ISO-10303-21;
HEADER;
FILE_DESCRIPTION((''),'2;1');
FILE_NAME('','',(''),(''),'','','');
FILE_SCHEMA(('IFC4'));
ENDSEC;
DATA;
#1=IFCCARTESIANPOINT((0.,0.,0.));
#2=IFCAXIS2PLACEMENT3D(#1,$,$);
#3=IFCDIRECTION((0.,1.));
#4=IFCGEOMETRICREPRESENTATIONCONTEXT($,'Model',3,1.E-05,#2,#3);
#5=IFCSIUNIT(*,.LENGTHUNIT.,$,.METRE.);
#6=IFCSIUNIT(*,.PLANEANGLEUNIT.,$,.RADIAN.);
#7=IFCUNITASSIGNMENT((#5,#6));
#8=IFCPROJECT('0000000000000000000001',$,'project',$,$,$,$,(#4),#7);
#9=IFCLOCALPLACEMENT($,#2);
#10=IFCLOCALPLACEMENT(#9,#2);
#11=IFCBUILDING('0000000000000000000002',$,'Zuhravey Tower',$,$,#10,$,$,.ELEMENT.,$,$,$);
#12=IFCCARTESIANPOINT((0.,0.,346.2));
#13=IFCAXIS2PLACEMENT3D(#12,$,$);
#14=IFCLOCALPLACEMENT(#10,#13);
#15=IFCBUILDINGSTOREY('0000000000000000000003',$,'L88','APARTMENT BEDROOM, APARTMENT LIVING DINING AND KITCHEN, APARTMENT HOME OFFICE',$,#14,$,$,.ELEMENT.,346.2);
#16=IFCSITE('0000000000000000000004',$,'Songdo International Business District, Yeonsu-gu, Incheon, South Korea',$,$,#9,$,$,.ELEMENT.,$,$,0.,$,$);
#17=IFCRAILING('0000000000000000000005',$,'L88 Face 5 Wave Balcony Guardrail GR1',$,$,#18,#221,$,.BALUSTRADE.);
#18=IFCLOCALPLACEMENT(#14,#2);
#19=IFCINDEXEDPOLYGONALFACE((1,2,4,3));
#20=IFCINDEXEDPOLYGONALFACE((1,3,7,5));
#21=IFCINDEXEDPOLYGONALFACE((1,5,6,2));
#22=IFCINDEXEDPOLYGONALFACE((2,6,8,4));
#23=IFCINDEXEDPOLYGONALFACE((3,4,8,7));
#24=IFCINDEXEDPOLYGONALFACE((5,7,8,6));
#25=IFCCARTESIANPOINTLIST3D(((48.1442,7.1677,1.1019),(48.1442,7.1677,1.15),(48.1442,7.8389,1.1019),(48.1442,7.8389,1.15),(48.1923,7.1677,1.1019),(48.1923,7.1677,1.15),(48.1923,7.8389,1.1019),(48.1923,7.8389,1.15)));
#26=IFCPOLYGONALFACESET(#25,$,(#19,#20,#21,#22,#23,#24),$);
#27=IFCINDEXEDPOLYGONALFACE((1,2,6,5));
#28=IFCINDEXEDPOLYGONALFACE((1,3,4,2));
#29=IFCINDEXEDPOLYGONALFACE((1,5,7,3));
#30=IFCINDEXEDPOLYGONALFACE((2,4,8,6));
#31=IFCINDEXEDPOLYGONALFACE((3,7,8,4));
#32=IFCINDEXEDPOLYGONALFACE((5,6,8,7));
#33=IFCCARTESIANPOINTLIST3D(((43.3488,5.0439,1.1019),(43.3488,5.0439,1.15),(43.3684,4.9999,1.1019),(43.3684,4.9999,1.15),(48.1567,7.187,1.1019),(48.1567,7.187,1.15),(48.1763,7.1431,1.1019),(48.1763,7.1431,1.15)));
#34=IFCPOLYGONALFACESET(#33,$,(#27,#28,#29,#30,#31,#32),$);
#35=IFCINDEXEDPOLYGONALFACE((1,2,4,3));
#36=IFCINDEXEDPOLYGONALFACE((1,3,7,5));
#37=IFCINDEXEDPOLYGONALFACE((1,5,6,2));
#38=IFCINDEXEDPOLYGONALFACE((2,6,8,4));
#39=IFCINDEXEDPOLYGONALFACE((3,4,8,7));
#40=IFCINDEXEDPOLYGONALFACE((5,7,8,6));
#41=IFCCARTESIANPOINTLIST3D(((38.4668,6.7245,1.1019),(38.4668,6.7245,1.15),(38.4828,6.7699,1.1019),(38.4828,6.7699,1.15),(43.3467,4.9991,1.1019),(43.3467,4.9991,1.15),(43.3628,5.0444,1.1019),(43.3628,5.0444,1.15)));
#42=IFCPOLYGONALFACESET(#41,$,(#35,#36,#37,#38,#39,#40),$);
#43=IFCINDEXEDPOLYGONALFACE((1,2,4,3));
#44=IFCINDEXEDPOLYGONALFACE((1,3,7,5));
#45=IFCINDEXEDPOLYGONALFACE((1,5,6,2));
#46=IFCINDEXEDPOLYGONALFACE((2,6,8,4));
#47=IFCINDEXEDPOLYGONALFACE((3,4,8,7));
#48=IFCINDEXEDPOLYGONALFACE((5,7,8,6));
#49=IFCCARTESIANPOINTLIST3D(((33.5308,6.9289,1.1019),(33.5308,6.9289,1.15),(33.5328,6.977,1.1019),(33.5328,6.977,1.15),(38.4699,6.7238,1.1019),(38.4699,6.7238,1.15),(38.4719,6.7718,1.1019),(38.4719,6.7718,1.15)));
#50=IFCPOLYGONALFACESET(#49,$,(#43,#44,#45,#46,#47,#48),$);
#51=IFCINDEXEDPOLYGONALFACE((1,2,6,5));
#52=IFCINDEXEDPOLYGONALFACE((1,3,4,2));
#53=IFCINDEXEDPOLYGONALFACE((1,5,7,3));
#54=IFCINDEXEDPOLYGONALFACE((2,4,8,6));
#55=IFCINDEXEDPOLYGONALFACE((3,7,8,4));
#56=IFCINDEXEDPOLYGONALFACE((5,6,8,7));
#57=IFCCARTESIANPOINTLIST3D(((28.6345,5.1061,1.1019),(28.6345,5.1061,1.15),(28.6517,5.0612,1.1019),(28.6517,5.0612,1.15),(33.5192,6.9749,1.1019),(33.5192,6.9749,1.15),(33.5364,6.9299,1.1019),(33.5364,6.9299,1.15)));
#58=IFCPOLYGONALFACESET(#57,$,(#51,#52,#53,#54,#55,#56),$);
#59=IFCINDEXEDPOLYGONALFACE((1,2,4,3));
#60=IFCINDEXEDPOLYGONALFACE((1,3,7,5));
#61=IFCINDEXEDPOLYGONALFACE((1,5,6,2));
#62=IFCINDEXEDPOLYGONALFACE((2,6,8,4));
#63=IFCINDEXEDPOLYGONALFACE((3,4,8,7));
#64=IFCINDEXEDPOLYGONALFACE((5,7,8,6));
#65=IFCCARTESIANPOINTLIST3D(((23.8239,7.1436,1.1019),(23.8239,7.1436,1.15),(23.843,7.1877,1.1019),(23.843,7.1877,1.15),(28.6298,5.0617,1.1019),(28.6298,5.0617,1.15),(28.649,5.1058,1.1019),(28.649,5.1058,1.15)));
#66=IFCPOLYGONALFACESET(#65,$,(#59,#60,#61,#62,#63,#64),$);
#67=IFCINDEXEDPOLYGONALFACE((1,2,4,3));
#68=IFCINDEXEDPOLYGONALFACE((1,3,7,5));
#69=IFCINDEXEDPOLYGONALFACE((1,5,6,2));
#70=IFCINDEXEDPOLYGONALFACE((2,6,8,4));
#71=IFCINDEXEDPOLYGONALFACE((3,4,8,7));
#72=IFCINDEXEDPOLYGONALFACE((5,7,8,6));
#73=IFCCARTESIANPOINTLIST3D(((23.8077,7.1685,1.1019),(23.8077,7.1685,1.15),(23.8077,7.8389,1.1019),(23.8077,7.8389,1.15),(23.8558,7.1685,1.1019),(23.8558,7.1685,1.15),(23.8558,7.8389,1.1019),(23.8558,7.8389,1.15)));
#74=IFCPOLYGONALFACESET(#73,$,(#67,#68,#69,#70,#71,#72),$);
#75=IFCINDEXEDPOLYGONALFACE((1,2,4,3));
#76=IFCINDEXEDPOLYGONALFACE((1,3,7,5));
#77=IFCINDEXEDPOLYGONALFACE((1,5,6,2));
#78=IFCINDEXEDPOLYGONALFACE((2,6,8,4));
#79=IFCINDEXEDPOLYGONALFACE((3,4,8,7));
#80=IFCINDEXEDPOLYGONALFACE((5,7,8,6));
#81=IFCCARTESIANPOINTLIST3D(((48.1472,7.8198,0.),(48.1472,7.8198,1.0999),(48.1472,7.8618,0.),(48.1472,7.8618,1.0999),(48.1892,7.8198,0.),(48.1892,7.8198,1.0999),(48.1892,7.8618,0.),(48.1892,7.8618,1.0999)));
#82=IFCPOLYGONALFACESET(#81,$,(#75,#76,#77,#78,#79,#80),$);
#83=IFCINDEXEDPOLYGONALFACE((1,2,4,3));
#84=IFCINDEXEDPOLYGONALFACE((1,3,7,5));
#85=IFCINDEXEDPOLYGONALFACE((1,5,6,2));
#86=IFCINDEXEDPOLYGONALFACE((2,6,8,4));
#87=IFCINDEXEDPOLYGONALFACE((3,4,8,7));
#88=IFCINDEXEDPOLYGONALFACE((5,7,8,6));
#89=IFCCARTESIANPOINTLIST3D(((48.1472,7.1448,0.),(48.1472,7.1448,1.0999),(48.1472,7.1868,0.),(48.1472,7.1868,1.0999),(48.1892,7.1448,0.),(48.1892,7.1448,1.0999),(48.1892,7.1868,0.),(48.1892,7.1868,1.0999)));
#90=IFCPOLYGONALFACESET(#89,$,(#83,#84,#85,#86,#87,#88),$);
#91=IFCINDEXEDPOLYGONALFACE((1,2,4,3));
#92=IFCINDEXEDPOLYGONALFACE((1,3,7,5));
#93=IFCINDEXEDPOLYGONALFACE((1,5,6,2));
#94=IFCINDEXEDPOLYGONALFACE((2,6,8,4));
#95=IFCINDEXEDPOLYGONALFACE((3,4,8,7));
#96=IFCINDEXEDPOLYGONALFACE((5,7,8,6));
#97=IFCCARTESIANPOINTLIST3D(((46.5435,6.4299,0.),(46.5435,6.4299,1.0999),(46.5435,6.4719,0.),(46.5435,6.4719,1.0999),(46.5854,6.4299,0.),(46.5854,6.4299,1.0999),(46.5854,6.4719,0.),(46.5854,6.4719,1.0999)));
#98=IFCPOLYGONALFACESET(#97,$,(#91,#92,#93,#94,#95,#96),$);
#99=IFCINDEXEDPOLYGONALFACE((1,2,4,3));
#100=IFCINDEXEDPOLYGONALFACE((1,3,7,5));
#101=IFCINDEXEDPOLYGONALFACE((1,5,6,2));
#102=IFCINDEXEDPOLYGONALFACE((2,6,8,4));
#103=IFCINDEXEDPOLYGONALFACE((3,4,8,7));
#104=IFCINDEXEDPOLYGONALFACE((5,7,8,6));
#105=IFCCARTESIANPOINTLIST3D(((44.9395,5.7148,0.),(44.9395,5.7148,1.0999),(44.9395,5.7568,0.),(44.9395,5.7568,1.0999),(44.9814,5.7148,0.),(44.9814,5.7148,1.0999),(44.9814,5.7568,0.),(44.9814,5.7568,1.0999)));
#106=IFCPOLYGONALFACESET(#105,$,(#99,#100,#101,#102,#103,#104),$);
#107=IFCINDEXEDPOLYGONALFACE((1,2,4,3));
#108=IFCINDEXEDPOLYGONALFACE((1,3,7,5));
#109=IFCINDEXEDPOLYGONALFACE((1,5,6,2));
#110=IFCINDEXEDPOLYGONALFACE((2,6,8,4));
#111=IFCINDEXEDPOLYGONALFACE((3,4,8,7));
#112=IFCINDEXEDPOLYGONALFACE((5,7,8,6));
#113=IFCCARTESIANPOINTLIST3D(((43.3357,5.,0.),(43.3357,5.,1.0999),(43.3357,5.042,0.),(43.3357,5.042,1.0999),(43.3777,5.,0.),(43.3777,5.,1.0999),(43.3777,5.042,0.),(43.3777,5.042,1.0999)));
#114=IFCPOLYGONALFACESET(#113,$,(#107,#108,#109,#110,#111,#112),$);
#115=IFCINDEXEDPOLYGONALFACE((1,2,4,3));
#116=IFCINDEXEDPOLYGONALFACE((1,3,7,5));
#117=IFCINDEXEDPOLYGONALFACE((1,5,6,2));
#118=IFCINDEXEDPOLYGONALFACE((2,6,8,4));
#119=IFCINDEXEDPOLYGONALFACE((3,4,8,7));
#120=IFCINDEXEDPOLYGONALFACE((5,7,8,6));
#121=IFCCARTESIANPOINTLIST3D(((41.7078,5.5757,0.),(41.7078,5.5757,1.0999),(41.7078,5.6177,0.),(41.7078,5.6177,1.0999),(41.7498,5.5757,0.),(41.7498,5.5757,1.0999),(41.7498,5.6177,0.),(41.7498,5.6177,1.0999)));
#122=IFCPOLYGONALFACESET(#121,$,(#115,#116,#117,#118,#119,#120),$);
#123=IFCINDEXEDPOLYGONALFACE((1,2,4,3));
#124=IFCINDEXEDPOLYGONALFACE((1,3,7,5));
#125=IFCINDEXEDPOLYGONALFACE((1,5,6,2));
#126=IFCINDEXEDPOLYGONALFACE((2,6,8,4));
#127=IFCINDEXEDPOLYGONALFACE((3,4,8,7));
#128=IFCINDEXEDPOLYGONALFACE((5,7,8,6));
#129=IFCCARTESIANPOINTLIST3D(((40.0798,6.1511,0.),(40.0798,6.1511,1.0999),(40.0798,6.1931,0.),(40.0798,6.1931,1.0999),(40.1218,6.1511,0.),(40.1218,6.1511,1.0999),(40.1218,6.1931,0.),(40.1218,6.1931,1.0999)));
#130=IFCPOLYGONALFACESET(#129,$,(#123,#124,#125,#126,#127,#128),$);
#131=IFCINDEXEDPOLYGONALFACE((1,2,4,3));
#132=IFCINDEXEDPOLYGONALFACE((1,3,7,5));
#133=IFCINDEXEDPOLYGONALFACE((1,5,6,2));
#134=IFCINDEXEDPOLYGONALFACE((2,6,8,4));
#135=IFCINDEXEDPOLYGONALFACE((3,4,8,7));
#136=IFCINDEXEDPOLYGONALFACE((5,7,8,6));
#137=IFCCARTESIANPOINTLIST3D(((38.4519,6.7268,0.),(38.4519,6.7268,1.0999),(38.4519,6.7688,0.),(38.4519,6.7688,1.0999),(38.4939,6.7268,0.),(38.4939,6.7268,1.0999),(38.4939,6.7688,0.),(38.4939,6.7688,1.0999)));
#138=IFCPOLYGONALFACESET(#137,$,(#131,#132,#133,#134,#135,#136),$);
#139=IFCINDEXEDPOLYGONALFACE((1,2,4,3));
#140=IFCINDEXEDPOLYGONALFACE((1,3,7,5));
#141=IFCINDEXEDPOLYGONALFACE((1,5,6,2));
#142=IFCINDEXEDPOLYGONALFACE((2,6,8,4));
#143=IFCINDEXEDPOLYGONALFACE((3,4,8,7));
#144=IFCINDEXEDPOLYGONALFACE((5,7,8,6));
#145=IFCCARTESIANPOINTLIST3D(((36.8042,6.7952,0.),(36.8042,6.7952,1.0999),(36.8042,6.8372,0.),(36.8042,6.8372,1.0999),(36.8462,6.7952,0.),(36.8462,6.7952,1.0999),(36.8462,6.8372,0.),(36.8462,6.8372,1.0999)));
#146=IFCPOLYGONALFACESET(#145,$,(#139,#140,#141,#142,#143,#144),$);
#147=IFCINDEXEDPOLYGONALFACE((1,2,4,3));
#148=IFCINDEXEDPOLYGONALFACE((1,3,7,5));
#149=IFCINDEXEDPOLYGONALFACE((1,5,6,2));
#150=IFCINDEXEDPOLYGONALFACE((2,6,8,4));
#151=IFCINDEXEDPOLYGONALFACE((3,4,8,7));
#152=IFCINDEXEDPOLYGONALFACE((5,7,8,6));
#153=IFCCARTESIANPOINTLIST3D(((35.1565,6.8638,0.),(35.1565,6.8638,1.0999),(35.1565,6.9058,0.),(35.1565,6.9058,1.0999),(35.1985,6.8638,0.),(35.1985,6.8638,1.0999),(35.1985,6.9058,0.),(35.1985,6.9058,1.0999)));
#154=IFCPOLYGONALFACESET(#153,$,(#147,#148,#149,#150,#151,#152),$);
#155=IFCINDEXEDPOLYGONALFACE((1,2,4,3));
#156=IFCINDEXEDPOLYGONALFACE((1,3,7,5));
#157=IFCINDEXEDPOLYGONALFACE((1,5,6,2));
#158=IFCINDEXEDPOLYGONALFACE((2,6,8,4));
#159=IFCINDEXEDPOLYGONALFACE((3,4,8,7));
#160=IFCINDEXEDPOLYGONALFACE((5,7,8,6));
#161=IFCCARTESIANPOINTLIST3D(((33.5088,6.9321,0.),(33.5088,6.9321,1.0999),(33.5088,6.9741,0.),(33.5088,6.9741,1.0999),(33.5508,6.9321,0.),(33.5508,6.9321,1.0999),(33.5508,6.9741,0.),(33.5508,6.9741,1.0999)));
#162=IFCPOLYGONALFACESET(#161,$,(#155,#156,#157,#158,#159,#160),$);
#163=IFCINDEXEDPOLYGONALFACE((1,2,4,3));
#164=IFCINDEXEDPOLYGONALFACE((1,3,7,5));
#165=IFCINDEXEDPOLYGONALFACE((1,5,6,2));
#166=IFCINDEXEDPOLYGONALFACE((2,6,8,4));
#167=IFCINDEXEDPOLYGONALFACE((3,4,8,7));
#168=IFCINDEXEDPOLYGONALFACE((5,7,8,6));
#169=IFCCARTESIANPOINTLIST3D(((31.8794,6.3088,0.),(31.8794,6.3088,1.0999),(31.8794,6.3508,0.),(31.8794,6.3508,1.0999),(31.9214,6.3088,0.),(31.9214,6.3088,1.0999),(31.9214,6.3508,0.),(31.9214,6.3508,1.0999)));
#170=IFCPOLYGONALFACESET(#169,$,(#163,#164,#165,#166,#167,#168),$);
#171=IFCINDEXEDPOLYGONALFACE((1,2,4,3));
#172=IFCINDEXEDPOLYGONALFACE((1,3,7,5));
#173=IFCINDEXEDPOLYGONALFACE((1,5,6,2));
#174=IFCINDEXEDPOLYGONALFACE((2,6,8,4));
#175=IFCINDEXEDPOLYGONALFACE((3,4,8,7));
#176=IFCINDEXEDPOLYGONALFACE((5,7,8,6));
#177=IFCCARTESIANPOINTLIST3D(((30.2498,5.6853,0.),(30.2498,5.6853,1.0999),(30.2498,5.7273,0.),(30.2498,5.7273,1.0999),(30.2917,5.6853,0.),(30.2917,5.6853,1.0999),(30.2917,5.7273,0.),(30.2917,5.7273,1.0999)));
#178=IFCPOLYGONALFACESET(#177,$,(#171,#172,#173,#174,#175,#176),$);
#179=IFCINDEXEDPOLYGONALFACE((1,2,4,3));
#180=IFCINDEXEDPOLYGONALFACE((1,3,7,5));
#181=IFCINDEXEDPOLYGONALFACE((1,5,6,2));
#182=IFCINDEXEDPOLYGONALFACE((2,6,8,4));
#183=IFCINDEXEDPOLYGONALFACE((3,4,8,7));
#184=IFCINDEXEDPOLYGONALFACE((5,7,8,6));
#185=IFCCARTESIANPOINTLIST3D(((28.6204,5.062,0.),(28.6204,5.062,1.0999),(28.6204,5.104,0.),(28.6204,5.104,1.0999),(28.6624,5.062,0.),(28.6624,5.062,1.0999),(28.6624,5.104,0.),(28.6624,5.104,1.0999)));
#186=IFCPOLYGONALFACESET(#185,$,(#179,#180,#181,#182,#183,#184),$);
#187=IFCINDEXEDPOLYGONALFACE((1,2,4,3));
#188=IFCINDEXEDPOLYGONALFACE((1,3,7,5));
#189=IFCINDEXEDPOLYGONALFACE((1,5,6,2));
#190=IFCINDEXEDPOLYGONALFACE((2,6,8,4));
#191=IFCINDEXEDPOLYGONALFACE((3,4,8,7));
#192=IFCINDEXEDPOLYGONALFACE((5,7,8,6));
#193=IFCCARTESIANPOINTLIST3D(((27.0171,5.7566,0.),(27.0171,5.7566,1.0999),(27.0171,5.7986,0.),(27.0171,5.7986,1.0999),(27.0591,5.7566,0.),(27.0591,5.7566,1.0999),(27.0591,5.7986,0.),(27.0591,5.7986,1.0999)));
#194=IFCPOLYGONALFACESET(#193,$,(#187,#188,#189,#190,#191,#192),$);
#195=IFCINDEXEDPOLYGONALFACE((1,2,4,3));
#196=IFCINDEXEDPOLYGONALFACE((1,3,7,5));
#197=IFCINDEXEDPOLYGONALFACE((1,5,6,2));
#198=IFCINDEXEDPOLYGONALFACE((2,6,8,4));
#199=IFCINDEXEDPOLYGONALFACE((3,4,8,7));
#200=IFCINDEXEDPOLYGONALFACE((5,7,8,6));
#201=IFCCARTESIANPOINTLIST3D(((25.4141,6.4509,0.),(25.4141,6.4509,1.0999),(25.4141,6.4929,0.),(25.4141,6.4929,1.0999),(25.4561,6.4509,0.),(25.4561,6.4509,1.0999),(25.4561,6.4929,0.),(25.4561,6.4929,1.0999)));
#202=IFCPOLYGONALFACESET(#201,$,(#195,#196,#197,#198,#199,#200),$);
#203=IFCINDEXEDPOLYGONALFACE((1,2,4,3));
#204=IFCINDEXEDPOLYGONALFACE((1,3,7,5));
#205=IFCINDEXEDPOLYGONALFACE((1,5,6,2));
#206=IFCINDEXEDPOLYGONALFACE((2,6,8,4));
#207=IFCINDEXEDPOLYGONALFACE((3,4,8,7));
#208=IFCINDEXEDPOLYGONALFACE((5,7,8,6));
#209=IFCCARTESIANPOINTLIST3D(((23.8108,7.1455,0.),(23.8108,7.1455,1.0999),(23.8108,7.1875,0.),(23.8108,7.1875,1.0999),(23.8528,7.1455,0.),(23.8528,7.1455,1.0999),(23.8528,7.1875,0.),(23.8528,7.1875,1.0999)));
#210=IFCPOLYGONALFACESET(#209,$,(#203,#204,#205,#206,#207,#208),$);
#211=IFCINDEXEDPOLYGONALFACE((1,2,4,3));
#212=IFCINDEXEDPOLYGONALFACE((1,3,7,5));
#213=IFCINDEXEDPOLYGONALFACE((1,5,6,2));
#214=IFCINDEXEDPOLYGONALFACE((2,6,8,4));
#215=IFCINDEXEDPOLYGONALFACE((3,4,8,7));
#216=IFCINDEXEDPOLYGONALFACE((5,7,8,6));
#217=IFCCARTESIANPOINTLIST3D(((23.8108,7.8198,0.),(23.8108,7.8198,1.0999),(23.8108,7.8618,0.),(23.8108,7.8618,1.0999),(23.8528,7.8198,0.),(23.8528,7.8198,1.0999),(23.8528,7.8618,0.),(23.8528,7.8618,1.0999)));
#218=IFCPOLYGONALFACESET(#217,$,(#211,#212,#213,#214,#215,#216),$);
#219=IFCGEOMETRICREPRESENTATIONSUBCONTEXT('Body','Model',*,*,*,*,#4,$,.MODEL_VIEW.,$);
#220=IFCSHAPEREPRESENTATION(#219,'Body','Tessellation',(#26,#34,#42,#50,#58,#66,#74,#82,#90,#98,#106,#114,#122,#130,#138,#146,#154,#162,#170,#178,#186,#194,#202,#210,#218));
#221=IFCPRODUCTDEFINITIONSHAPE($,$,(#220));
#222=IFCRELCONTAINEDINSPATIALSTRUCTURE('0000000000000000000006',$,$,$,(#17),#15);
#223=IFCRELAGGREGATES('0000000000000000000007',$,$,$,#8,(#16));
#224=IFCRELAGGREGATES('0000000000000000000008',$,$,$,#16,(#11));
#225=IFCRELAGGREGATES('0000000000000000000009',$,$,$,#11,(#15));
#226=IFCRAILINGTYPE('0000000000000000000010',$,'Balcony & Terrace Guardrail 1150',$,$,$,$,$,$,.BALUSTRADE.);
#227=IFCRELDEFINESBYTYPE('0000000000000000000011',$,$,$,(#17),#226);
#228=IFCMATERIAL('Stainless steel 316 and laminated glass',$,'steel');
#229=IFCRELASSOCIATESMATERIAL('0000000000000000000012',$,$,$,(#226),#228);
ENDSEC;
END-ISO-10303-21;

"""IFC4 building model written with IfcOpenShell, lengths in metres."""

from ifc_helpers import new_model, si_unit, direction, frame, origin, origin_2d, place, context, subcontext, project, spatial, rectangle, extrude, material, type_object, element, save


model = new_model("IFC4")

# Units and contexts
model_context = context("Model", 3, precision=1e-05, world=origin(), true_north=direction((0.0, 1.0)))
body_context = subcontext(model_context, "Body", "Model", "MODEL_VIEW")
ifc_project = project(units=[si_unit("LENGTHUNIT", "METRE"), si_unit("PLANEANGLEUNIT", "RADIAN")], contexts=[model_context])

# Site, building, storey
site_placement = place(None, origin())
site = spatial("IfcSite", under=ifc_project, at=site_placement, Name="Songdo International Business District, Yeonsu-gu, Incheon, South Korea", CompositionType="ELEMENT", RefElevation=0.0)
building_placement = place(site_placement, origin())
building = spatial("IfcBuilding", under=site, at=building_placement, Name="Zuhravey Tower", CompositionType="ELEMENT")
storey_placement = place(building_placement, frame((0.0, 0.0, 346.2)))
storey = spatial("IfcBuildingStorey", under=building, at=storey_placement, Name="L88", Description="APARTMENT BEDROOM, APARTMENT LIVING DINING AND KITCHEN, APARTMENT HOME OFFICE", CompositionType="ELEMENT", Elevation=346.2)

# Railing
ifc_material_1 = material(Name="Stainless steel 316 and laminated glass", Category="steel")
railing_type = type_object("IfcRailingType", Name="Balcony & Terrace Guardrail 1150", PredefinedType="BALUSTRADE", material=ifc_material_1)
railing_placement = place(storey_placement, frame((48.1682, 7.8408, 0.0)))
element("IfcRailing", 1, at=railing_placement, inside=storey, type_object=railing_type, Name="L88 Face 5 Wave Balcony Guardrail GR1", PredefinedType="BALUSTRADE", context=body_context, shape_type="SweptSolid", body=[
    extrude(rectangle(XDim=0.0481, YDim=0.0481, at=origin_2d()), frame((0.0, -0.002, 1.126), z_axis=(0.0, -1.0, 0.0), x_axis=(1.0, 0.0, 0.0)), (0.0, 0.0, 1.0), 0.6711),
    extrude(rectangle(XDim=0.0481, YDim=0.0481, at=origin_2d()), frame((-0.0017, -0.6758, 1.126), z_axis=(-0.913366, -0.40714, 0.0), x_axis=(0.40714, -0.913366, 0.0)), (0.0, 0.0, 1.0), 5.2639),
    extrude(rectangle(XDim=0.0481, YDim=0.0481, at=origin_2d()), frame((-4.8135, -2.8191, 1.126), z_axis=(-0.942801, 0.333355, 0.0), x_axis=(-0.333355, -0.942801, 0.0)), (0.0, 0.0, 1.0), 5.176),
    extrude(rectangle(XDim=0.0481, YDim=0.0481, at=origin_2d()), frame((-9.6973, -1.093, 1.126), z_axis=(-0.999138, 0.041501, 0.0), x_axis=(-0.041501, -0.999138, 0.0)), (0.0, 0.0, 1.0), 4.9434),
    extrude(rectangle(XDim=0.0481, YDim=0.0481, at=origin_2d()), frame((-14.6404, -0.8884, 1.126), z_axis=(-0.933987, -0.357306, 0.0), x_axis=(0.357306, -0.933987, 0.0)), (0.0, 0.0, 1.0), 5.23),
    extrude(rectangle(XDim=0.0481, YDim=0.0481, at=origin_2d()), frame((-19.5288, -2.7571, 1.126), z_axis=(-0.917601, 0.397503, 0.0), x_axis=(-0.397503, -0.917601, 0.0)), (0.0, 0.0, 1.0), 5.2375),
    extrude(rectangle(XDim=0.0481, YDim=0.0481, at=origin_2d()), frame((-24.3364, -0.6724, 1.126), z_axis=(0.0, 1.0, 0.0), x_axis=(-1.0, 0.0, 0.0)), (0.0, 0.0, 1.0), 0.6704),
    extrude(rectangle(XDim=0.042, YDim=0.042, at=origin_2d()), origin(), (0.0, 0.0, 1.0), 1.0999),
    extrude(rectangle(XDim=0.042, YDim=0.042, at=origin_2d()), frame((0.0, -0.675, 0.0)), (0.0, 0.0, 1.0), 1.0999),
    extrude(rectangle(XDim=0.042, YDim=0.042, at=origin_2d()), frame((-1.6038, -1.3899, 0.0)), (0.0, 0.0, 1.0), 1.0999),
    extrude(rectangle(XDim=0.042, YDim=0.042, at=origin_2d()), frame((-3.2078, -2.105, 0.0)), (0.0, 0.0, 1.0), 1.0999),
    extrude(rectangle(XDim=0.042, YDim=0.042, at=origin_2d()), frame((-4.8115, -2.8198, 0.0)), (0.0, 0.0, 1.0), 1.0999),
    extrude(rectangle(XDim=0.042, YDim=0.042, at=origin_2d()), frame((-6.4395, -2.2441, 0.0)), (0.0, 0.0, 1.0), 1.0999),
    extrude(rectangle(XDim=0.042, YDim=0.042, at=origin_2d()), frame((-8.0674, -1.6687, 0.0)), (0.0, 0.0, 1.0), 1.0999),
    extrude(rectangle(XDim=0.042, YDim=0.042, at=origin_2d()), frame((-9.6953, -1.093, 0.0)), (0.0, 0.0, 1.0), 1.0999),
    extrude(rectangle(XDim=0.042, YDim=0.042, at=origin_2d()), frame((-11.343, -1.0247, 0.0)), (0.0, 0.0, 1.0), 1.0999),
    extrude(rectangle(XDim=0.042, YDim=0.042, at=origin_2d()), frame((-12.9907, -0.9561, 0.0)), (0.0, 0.0, 1.0), 1.0999),
    extrude(rectangle(XDim=0.042, YDim=0.042, at=origin_2d()), frame((-14.6384, -0.8877, 0.0)), (0.0, 0.0, 1.0), 1.0999),
    extrude(rectangle(XDim=0.042, YDim=0.042, at=origin_2d()), frame((-16.2678, -1.511, 0.0)), (0.0, 0.0, 1.0), 1.0999),
    extrude(rectangle(XDim=0.042, YDim=0.042, at=origin_2d()), frame((-17.8975, -2.1345, 0.0)), (0.0, 0.0, 1.0), 1.0999),
    extrude(rectangle(XDim=0.042, YDim=0.042, at=origin_2d()), frame((-19.5269, -2.7578, 0.0)), (0.0, 0.0, 1.0), 1.0999),
    extrude(rectangle(XDim=0.042, YDim=0.042, at=origin_2d()), frame((-21.1301, -2.0632, 0.0)), (0.0, 0.0, 1.0), 1.0999),
    extrude(rectangle(XDim=0.042, YDim=0.042, at=origin_2d()), frame((-22.7332, -1.3689, 0.0)), (0.0, 0.0, 1.0), 1.0999),
    extrude(rectangle(XDim=0.042, YDim=0.042, at=origin_2d()), frame((-24.3364, -0.6743, 0.0)), (0.0, 0.0, 1.0), 1.0999),
    extrude(rectangle(XDim=0.042, YDim=0.042, at=origin_2d()), frame((-24.3364, 0.0, 0.0)), (0.0, 0.0, 1.0), 1.0999),
])

save(model, "model.ifc")
